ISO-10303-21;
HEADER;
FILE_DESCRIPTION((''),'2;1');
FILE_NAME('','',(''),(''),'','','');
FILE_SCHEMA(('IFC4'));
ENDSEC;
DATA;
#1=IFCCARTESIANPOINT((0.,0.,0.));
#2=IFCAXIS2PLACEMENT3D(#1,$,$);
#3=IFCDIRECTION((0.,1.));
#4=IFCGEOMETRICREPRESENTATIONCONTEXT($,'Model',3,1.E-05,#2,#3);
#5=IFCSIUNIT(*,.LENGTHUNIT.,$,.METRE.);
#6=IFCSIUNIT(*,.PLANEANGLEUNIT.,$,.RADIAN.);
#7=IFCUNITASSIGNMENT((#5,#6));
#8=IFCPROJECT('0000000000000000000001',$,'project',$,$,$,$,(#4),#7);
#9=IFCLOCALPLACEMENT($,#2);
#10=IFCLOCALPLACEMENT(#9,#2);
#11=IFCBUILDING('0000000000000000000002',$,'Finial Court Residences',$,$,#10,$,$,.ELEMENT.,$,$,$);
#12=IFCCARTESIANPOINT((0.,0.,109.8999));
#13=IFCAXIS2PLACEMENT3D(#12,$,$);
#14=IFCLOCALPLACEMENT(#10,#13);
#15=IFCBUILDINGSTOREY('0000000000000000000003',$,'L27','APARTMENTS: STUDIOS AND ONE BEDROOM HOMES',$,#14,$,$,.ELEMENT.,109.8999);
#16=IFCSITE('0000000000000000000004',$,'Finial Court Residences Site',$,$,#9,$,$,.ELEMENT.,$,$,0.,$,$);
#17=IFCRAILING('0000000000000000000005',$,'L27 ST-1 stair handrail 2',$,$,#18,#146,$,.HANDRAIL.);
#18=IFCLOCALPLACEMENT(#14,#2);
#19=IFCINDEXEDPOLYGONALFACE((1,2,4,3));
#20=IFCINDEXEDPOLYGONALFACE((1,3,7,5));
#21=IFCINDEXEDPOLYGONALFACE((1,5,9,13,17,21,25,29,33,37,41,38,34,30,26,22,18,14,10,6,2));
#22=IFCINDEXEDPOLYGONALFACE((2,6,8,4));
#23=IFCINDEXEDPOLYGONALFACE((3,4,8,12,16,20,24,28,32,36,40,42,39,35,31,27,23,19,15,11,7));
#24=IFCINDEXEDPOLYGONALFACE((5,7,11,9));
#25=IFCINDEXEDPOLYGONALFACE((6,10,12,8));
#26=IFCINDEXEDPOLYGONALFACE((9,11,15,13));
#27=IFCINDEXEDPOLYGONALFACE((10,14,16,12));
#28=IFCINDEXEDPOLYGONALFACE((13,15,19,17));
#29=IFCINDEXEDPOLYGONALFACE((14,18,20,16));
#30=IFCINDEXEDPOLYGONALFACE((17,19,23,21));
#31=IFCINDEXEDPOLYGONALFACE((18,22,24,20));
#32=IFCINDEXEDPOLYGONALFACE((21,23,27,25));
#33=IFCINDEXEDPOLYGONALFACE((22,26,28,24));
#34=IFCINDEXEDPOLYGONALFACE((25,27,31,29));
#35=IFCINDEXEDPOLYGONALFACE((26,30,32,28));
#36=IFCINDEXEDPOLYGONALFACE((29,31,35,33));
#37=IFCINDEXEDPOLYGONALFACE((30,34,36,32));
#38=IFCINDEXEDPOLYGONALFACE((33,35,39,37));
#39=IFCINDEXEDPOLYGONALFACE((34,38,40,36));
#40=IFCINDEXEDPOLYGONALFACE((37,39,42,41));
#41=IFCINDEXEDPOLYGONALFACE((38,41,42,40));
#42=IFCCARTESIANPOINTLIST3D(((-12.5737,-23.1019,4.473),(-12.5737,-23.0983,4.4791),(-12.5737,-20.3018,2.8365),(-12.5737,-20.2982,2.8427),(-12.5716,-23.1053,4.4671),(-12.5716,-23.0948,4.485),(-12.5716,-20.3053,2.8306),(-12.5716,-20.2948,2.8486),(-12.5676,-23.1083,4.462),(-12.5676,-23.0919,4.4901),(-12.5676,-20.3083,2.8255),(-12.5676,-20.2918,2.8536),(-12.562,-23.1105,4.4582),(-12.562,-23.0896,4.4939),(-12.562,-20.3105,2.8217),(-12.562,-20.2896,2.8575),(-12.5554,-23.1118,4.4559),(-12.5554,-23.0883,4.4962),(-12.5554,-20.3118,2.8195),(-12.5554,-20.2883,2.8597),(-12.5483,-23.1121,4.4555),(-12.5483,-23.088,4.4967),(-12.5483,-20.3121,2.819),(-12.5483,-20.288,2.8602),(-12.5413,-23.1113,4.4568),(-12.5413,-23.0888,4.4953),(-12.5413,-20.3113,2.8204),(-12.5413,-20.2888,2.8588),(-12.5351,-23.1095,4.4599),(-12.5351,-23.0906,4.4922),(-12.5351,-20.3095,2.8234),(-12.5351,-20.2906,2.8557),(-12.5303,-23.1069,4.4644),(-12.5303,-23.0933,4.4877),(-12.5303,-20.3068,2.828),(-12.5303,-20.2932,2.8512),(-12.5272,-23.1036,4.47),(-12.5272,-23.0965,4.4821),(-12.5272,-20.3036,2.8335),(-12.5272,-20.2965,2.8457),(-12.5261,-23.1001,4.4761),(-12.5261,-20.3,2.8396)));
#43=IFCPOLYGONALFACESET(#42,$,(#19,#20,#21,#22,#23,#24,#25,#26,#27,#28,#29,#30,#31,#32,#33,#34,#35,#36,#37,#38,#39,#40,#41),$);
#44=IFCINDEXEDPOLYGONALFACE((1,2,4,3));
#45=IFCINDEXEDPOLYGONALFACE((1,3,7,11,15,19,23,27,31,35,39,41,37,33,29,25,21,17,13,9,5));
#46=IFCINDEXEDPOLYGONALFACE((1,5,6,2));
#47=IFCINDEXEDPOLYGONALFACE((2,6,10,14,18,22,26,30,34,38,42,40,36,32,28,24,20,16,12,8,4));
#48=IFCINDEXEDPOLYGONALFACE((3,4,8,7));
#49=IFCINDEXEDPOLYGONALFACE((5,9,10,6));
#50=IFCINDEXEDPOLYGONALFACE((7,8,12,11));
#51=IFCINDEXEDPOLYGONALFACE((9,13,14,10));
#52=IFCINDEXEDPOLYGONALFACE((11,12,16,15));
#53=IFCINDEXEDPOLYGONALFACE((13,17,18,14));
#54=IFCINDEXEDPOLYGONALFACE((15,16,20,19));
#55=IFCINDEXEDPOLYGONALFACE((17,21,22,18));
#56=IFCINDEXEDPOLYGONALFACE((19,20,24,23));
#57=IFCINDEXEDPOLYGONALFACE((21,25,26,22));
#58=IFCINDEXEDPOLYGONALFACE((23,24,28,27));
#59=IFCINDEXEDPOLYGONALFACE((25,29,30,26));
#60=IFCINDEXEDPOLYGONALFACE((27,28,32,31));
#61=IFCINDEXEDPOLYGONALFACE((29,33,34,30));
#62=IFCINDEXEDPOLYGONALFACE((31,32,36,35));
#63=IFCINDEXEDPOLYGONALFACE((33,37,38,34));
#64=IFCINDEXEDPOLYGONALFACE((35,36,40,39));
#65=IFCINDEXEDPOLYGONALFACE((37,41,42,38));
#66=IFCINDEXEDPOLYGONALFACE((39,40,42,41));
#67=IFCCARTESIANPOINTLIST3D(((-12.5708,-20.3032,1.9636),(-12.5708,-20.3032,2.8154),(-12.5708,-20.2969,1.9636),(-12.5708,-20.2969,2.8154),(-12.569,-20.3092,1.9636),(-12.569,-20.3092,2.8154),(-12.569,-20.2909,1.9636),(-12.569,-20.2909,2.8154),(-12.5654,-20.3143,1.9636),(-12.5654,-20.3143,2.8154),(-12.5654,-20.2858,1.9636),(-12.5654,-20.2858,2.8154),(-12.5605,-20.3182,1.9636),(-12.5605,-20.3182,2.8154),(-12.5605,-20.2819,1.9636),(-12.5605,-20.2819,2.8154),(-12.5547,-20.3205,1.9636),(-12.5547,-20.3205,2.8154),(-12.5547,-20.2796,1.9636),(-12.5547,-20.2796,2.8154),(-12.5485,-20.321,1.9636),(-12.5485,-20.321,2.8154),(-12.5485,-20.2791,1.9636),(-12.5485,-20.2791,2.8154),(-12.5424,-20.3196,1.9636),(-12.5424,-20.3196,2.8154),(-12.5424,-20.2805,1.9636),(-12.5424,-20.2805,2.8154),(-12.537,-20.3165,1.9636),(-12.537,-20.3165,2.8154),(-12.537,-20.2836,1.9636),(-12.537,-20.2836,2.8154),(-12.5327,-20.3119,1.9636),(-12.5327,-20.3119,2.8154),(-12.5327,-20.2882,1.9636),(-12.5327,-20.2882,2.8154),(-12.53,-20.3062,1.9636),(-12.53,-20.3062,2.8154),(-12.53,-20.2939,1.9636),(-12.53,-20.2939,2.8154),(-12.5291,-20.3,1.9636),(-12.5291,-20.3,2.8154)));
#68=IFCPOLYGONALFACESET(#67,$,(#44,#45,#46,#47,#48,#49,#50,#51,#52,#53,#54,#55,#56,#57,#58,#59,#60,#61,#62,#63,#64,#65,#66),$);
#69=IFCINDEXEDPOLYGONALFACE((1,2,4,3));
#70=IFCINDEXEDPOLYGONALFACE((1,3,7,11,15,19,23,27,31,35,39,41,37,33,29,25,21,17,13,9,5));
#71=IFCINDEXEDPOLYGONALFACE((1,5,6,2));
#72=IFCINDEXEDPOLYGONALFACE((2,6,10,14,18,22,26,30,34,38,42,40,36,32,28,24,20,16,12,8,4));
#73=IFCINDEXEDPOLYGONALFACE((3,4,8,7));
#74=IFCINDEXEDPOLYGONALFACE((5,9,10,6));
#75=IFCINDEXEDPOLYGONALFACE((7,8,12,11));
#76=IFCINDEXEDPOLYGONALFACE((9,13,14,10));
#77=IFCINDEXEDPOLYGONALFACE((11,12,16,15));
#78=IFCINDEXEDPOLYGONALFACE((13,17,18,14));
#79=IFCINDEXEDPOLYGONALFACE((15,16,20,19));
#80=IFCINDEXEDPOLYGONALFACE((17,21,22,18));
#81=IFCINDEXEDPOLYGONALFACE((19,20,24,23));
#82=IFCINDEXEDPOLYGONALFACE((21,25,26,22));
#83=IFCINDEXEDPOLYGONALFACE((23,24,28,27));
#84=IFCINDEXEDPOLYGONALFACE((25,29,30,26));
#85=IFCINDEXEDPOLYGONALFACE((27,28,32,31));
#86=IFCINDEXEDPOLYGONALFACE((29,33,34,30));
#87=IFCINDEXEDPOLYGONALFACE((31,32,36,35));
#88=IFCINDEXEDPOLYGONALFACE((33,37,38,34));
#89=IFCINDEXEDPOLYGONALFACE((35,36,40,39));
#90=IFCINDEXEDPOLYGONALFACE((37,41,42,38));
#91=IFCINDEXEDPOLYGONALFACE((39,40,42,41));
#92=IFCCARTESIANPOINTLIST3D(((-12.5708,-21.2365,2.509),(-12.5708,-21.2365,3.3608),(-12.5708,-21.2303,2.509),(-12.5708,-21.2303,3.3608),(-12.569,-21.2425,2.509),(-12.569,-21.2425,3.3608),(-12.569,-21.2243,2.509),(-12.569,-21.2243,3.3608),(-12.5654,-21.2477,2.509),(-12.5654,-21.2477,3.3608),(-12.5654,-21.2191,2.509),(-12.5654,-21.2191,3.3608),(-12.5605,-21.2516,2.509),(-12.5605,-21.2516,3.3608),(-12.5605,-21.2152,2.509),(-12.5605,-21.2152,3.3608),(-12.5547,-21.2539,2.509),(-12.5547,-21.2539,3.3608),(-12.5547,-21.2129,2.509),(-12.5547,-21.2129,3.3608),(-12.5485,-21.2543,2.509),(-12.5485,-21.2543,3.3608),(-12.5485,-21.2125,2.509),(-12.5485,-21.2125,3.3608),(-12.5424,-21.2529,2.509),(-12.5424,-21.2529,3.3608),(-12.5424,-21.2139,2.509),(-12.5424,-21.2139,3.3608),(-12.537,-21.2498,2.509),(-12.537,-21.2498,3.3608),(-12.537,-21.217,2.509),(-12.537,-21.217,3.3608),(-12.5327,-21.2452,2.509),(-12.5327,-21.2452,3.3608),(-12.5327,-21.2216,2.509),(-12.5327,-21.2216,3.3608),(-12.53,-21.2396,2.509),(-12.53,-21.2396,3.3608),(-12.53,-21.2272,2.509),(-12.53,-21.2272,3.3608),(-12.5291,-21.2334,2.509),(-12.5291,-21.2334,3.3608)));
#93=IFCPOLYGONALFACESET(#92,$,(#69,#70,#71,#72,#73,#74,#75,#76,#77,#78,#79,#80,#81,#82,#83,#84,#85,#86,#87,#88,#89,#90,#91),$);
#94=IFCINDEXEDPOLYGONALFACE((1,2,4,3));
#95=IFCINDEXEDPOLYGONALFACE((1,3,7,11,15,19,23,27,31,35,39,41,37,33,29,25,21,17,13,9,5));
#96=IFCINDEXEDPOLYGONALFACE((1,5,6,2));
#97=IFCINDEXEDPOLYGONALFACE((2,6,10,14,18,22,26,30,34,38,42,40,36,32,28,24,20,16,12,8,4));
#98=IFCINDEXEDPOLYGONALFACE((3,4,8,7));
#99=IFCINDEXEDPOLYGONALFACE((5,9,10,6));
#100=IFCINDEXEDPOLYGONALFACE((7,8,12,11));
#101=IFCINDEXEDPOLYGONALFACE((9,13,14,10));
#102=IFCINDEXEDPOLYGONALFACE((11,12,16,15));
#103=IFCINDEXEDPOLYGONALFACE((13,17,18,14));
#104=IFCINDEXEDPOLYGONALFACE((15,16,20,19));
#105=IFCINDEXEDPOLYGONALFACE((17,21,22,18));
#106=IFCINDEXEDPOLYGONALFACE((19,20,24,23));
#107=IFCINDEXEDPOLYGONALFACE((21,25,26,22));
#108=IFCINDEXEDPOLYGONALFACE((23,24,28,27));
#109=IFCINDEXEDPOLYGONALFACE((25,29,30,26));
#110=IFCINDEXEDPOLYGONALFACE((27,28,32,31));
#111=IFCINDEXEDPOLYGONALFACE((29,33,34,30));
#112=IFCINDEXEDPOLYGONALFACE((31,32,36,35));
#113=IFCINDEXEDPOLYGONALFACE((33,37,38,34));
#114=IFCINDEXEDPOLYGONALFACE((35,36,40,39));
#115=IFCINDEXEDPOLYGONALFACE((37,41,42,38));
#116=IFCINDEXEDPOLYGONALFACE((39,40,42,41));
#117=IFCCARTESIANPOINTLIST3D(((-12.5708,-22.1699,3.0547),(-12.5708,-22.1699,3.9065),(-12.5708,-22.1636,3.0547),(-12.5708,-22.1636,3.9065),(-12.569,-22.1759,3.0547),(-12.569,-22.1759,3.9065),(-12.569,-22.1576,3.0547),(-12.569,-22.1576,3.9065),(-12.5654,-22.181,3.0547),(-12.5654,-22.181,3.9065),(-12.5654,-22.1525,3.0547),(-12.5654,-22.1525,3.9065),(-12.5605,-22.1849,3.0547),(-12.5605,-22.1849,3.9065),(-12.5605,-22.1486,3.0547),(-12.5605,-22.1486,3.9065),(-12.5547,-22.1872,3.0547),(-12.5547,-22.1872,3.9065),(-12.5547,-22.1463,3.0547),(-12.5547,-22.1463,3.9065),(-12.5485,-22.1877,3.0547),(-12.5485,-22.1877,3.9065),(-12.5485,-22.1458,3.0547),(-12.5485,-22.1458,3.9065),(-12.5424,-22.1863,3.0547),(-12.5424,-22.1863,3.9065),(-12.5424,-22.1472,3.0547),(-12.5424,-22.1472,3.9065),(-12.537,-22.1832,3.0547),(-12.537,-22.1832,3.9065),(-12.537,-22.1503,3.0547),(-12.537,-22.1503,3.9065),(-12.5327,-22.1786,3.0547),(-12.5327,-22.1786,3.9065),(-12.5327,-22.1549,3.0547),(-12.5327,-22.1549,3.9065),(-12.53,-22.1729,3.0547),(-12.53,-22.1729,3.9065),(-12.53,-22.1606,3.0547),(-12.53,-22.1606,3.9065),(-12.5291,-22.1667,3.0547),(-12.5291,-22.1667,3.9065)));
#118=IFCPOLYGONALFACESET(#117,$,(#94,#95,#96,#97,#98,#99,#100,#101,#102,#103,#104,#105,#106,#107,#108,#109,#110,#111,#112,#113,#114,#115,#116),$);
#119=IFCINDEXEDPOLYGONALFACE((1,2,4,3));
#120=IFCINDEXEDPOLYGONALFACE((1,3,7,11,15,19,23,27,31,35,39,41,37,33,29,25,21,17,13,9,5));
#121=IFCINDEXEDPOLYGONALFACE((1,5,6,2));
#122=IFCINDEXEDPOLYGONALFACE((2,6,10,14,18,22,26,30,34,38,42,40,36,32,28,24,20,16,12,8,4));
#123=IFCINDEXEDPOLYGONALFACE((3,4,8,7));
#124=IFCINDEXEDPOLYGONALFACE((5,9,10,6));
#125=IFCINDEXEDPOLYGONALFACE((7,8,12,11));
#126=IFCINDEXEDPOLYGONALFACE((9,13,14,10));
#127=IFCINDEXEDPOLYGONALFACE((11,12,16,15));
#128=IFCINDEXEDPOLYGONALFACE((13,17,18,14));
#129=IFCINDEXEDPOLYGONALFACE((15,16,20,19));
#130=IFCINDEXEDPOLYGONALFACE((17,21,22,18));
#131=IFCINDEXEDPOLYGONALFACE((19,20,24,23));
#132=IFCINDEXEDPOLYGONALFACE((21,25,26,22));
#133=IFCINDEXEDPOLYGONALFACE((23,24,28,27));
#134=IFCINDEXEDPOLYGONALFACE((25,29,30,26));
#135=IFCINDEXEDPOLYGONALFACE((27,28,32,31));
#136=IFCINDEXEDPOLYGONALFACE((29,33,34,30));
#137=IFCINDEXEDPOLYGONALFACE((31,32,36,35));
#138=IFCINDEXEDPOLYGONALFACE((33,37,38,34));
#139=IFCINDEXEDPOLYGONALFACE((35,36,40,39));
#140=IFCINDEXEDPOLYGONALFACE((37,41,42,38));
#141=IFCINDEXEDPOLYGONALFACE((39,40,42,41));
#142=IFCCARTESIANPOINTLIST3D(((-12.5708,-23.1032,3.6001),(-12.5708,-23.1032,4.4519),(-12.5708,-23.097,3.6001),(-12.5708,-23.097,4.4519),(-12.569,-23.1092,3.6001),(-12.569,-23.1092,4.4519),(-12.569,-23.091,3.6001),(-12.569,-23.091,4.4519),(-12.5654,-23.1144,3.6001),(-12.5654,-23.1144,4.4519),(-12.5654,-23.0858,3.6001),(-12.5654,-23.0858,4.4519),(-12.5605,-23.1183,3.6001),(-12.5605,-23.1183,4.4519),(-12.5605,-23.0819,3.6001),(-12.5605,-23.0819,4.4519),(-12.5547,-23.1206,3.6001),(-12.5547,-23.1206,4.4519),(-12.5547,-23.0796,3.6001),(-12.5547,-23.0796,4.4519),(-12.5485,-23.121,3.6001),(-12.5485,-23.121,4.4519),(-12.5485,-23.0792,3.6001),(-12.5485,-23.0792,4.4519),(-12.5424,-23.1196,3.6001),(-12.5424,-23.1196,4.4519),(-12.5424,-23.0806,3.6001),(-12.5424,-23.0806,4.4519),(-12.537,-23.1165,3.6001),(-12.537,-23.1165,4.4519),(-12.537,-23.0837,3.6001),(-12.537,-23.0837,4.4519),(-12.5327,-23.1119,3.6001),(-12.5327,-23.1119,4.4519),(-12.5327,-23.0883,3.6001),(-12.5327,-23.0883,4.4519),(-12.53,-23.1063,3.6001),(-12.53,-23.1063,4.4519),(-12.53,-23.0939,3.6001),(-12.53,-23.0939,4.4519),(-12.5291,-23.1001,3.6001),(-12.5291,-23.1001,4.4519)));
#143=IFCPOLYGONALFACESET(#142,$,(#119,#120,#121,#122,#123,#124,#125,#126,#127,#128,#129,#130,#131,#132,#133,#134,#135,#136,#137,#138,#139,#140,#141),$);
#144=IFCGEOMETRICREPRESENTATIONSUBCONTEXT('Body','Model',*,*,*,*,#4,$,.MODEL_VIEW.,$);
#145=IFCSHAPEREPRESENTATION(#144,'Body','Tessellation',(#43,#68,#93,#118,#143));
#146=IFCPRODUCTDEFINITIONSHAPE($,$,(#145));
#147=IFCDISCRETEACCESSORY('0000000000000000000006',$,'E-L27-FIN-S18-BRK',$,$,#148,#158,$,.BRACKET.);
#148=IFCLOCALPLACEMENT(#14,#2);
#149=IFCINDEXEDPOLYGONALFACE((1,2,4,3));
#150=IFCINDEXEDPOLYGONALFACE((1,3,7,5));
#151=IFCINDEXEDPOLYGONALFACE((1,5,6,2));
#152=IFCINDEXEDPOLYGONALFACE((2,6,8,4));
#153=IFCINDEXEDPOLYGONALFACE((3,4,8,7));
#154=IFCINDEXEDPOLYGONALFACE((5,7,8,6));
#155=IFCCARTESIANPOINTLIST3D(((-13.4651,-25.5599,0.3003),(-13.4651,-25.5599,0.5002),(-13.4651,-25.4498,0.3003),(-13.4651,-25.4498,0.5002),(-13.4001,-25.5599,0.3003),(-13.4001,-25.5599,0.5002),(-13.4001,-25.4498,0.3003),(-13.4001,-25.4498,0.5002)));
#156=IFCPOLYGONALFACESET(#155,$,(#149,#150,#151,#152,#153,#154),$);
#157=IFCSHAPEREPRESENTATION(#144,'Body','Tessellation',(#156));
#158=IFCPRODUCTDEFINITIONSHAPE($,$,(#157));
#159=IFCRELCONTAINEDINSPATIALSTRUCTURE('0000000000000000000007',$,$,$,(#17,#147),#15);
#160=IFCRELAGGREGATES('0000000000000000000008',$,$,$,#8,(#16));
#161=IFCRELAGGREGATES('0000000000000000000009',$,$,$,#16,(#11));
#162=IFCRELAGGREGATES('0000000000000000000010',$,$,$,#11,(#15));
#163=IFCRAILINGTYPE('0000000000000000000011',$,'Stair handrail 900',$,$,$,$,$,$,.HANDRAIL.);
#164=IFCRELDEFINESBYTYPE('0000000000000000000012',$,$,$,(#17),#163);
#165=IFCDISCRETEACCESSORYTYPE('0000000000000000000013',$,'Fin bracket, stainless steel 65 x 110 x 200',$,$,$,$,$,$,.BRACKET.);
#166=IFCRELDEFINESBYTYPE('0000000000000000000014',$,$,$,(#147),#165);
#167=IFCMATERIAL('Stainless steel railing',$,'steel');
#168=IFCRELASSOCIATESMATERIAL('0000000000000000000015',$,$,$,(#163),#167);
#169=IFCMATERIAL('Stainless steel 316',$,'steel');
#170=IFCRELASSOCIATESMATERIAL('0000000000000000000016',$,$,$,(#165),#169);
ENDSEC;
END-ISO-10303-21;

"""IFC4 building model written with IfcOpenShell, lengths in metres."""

from ifc_helpers import new_model, si_unit, direction, frame, origin, origin_2d, place, context, subcontext, project, spatial, rectangle, circle, extrude, material, type_object, element, save


model = new_model("IFC4")

# Units and contexts
model_context = context("Model", 3, precision=1e-05, world=origin(), true_north=direction((0.0, 1.0)))
body_context = subcontext(model_context, "Body", "Model", "MODEL_VIEW")
ifc_project = project(units=[si_unit("LENGTHUNIT", "METRE"), si_unit("PLANEANGLEUNIT", "RADIAN")], contexts=[model_context])

# Site, building, storey
site_placement = place(None, origin())
site = spatial("IfcSite", under=ifc_project, at=site_placement, Name="Finial Court Residences Site", CompositionType="ELEMENT", RefElevation=0.0)
building_placement = place(site_placement, origin())
building = spatial("IfcBuilding", under=site, at=building_placement, Name="Finial Court Residences", CompositionType="ELEMENT")
storey_placement = place(building_placement, frame((0.0, 0.0, 109.8999)))
storey = spatial("IfcBuildingStorey", under=building, at=storey_placement, Name="L27", Description="APARTMENTS: STUDIOS AND ONE BEDROOM HOMES", CompositionType="ELEMENT", Elevation=109.8999)

# Railing
ifc_material_1 = material(Name="Stainless steel railing", Category="steel")
railing_type = type_object("IfcRailingType", Name="Stair handrail 900", PredefinedType="HANDRAIL", material=ifc_material_1)
railing_placement = place(storey_placement, frame((-12.55, -20.3, 1.9636)))
element("IfcRailing", 1, at=railing_placement, inside=storey, type_object=railing_type, Name="L27 ST-1 stair handrail 2", PredefinedType="HANDRAIL", context=body_context, shape_type="SweptSolid", body=[
    extrude(circle(Radius=0.0239, at=origin_2d()), frame((0.0, 0.0, 0.876), z_axis=(0.0, -0.863361, 0.504587), x_axis=(1.0, 0.0, 0.0)), (0.0, 0.0, 1.0), 3.2432),
    extrude(circle(Radius=0.021, at=origin_2d()), origin(), (0.0, 0.0, 1.0), 0.8518),
    extrude(circle(Radius=0.021, at=origin_2d()), frame((0.0, -0.9333, 0.5454)), (0.0, 0.0, 1.0), 0.8518),
    extrude(circle(Radius=0.021, at=origin_2d()), frame((0.0, -1.8667, 1.0911)), (0.0, 0.0, 1.0), 0.8518),
    extrude(circle(Radius=0.021, at=origin_2d()), frame((0.0, -2.8, 1.6365)), (0.0, 0.0, 1.0), 0.8518),
])

# Discrete accessory
ifc_material_2 = material(Name="Stainless steel 316", Category="steel")
discrete_accessory_type = type_object("IfcDiscreteAccessoryType", Name="Fin bracket, stainless steel 65 x 110 x 200", PredefinedType="BRACKET", material=ifc_material_2)
discrete_accessory_placement = place(storey_placement, frame((-13.4326, -25.5049, 0.3003), z_axis=(0.0, 0.0, 1.0), x_axis=(1.0, 0.0, 0.0)))
element("IfcDiscreteAccessory", 2, at=discrete_accessory_placement, inside=storey, type_object=discrete_accessory_type, Name="E-L27-FIN-S18-BRK", PredefinedType="BRACKET", context=body_context, shape_type="SweptSolid", body=[
    extrude(rectangle(XDim=0.0649, YDim=0.1101, at=origin_2d()), origin(), (0.0, 0.0, 1.0), 0.2),
])

save(model, "model.ifc")
